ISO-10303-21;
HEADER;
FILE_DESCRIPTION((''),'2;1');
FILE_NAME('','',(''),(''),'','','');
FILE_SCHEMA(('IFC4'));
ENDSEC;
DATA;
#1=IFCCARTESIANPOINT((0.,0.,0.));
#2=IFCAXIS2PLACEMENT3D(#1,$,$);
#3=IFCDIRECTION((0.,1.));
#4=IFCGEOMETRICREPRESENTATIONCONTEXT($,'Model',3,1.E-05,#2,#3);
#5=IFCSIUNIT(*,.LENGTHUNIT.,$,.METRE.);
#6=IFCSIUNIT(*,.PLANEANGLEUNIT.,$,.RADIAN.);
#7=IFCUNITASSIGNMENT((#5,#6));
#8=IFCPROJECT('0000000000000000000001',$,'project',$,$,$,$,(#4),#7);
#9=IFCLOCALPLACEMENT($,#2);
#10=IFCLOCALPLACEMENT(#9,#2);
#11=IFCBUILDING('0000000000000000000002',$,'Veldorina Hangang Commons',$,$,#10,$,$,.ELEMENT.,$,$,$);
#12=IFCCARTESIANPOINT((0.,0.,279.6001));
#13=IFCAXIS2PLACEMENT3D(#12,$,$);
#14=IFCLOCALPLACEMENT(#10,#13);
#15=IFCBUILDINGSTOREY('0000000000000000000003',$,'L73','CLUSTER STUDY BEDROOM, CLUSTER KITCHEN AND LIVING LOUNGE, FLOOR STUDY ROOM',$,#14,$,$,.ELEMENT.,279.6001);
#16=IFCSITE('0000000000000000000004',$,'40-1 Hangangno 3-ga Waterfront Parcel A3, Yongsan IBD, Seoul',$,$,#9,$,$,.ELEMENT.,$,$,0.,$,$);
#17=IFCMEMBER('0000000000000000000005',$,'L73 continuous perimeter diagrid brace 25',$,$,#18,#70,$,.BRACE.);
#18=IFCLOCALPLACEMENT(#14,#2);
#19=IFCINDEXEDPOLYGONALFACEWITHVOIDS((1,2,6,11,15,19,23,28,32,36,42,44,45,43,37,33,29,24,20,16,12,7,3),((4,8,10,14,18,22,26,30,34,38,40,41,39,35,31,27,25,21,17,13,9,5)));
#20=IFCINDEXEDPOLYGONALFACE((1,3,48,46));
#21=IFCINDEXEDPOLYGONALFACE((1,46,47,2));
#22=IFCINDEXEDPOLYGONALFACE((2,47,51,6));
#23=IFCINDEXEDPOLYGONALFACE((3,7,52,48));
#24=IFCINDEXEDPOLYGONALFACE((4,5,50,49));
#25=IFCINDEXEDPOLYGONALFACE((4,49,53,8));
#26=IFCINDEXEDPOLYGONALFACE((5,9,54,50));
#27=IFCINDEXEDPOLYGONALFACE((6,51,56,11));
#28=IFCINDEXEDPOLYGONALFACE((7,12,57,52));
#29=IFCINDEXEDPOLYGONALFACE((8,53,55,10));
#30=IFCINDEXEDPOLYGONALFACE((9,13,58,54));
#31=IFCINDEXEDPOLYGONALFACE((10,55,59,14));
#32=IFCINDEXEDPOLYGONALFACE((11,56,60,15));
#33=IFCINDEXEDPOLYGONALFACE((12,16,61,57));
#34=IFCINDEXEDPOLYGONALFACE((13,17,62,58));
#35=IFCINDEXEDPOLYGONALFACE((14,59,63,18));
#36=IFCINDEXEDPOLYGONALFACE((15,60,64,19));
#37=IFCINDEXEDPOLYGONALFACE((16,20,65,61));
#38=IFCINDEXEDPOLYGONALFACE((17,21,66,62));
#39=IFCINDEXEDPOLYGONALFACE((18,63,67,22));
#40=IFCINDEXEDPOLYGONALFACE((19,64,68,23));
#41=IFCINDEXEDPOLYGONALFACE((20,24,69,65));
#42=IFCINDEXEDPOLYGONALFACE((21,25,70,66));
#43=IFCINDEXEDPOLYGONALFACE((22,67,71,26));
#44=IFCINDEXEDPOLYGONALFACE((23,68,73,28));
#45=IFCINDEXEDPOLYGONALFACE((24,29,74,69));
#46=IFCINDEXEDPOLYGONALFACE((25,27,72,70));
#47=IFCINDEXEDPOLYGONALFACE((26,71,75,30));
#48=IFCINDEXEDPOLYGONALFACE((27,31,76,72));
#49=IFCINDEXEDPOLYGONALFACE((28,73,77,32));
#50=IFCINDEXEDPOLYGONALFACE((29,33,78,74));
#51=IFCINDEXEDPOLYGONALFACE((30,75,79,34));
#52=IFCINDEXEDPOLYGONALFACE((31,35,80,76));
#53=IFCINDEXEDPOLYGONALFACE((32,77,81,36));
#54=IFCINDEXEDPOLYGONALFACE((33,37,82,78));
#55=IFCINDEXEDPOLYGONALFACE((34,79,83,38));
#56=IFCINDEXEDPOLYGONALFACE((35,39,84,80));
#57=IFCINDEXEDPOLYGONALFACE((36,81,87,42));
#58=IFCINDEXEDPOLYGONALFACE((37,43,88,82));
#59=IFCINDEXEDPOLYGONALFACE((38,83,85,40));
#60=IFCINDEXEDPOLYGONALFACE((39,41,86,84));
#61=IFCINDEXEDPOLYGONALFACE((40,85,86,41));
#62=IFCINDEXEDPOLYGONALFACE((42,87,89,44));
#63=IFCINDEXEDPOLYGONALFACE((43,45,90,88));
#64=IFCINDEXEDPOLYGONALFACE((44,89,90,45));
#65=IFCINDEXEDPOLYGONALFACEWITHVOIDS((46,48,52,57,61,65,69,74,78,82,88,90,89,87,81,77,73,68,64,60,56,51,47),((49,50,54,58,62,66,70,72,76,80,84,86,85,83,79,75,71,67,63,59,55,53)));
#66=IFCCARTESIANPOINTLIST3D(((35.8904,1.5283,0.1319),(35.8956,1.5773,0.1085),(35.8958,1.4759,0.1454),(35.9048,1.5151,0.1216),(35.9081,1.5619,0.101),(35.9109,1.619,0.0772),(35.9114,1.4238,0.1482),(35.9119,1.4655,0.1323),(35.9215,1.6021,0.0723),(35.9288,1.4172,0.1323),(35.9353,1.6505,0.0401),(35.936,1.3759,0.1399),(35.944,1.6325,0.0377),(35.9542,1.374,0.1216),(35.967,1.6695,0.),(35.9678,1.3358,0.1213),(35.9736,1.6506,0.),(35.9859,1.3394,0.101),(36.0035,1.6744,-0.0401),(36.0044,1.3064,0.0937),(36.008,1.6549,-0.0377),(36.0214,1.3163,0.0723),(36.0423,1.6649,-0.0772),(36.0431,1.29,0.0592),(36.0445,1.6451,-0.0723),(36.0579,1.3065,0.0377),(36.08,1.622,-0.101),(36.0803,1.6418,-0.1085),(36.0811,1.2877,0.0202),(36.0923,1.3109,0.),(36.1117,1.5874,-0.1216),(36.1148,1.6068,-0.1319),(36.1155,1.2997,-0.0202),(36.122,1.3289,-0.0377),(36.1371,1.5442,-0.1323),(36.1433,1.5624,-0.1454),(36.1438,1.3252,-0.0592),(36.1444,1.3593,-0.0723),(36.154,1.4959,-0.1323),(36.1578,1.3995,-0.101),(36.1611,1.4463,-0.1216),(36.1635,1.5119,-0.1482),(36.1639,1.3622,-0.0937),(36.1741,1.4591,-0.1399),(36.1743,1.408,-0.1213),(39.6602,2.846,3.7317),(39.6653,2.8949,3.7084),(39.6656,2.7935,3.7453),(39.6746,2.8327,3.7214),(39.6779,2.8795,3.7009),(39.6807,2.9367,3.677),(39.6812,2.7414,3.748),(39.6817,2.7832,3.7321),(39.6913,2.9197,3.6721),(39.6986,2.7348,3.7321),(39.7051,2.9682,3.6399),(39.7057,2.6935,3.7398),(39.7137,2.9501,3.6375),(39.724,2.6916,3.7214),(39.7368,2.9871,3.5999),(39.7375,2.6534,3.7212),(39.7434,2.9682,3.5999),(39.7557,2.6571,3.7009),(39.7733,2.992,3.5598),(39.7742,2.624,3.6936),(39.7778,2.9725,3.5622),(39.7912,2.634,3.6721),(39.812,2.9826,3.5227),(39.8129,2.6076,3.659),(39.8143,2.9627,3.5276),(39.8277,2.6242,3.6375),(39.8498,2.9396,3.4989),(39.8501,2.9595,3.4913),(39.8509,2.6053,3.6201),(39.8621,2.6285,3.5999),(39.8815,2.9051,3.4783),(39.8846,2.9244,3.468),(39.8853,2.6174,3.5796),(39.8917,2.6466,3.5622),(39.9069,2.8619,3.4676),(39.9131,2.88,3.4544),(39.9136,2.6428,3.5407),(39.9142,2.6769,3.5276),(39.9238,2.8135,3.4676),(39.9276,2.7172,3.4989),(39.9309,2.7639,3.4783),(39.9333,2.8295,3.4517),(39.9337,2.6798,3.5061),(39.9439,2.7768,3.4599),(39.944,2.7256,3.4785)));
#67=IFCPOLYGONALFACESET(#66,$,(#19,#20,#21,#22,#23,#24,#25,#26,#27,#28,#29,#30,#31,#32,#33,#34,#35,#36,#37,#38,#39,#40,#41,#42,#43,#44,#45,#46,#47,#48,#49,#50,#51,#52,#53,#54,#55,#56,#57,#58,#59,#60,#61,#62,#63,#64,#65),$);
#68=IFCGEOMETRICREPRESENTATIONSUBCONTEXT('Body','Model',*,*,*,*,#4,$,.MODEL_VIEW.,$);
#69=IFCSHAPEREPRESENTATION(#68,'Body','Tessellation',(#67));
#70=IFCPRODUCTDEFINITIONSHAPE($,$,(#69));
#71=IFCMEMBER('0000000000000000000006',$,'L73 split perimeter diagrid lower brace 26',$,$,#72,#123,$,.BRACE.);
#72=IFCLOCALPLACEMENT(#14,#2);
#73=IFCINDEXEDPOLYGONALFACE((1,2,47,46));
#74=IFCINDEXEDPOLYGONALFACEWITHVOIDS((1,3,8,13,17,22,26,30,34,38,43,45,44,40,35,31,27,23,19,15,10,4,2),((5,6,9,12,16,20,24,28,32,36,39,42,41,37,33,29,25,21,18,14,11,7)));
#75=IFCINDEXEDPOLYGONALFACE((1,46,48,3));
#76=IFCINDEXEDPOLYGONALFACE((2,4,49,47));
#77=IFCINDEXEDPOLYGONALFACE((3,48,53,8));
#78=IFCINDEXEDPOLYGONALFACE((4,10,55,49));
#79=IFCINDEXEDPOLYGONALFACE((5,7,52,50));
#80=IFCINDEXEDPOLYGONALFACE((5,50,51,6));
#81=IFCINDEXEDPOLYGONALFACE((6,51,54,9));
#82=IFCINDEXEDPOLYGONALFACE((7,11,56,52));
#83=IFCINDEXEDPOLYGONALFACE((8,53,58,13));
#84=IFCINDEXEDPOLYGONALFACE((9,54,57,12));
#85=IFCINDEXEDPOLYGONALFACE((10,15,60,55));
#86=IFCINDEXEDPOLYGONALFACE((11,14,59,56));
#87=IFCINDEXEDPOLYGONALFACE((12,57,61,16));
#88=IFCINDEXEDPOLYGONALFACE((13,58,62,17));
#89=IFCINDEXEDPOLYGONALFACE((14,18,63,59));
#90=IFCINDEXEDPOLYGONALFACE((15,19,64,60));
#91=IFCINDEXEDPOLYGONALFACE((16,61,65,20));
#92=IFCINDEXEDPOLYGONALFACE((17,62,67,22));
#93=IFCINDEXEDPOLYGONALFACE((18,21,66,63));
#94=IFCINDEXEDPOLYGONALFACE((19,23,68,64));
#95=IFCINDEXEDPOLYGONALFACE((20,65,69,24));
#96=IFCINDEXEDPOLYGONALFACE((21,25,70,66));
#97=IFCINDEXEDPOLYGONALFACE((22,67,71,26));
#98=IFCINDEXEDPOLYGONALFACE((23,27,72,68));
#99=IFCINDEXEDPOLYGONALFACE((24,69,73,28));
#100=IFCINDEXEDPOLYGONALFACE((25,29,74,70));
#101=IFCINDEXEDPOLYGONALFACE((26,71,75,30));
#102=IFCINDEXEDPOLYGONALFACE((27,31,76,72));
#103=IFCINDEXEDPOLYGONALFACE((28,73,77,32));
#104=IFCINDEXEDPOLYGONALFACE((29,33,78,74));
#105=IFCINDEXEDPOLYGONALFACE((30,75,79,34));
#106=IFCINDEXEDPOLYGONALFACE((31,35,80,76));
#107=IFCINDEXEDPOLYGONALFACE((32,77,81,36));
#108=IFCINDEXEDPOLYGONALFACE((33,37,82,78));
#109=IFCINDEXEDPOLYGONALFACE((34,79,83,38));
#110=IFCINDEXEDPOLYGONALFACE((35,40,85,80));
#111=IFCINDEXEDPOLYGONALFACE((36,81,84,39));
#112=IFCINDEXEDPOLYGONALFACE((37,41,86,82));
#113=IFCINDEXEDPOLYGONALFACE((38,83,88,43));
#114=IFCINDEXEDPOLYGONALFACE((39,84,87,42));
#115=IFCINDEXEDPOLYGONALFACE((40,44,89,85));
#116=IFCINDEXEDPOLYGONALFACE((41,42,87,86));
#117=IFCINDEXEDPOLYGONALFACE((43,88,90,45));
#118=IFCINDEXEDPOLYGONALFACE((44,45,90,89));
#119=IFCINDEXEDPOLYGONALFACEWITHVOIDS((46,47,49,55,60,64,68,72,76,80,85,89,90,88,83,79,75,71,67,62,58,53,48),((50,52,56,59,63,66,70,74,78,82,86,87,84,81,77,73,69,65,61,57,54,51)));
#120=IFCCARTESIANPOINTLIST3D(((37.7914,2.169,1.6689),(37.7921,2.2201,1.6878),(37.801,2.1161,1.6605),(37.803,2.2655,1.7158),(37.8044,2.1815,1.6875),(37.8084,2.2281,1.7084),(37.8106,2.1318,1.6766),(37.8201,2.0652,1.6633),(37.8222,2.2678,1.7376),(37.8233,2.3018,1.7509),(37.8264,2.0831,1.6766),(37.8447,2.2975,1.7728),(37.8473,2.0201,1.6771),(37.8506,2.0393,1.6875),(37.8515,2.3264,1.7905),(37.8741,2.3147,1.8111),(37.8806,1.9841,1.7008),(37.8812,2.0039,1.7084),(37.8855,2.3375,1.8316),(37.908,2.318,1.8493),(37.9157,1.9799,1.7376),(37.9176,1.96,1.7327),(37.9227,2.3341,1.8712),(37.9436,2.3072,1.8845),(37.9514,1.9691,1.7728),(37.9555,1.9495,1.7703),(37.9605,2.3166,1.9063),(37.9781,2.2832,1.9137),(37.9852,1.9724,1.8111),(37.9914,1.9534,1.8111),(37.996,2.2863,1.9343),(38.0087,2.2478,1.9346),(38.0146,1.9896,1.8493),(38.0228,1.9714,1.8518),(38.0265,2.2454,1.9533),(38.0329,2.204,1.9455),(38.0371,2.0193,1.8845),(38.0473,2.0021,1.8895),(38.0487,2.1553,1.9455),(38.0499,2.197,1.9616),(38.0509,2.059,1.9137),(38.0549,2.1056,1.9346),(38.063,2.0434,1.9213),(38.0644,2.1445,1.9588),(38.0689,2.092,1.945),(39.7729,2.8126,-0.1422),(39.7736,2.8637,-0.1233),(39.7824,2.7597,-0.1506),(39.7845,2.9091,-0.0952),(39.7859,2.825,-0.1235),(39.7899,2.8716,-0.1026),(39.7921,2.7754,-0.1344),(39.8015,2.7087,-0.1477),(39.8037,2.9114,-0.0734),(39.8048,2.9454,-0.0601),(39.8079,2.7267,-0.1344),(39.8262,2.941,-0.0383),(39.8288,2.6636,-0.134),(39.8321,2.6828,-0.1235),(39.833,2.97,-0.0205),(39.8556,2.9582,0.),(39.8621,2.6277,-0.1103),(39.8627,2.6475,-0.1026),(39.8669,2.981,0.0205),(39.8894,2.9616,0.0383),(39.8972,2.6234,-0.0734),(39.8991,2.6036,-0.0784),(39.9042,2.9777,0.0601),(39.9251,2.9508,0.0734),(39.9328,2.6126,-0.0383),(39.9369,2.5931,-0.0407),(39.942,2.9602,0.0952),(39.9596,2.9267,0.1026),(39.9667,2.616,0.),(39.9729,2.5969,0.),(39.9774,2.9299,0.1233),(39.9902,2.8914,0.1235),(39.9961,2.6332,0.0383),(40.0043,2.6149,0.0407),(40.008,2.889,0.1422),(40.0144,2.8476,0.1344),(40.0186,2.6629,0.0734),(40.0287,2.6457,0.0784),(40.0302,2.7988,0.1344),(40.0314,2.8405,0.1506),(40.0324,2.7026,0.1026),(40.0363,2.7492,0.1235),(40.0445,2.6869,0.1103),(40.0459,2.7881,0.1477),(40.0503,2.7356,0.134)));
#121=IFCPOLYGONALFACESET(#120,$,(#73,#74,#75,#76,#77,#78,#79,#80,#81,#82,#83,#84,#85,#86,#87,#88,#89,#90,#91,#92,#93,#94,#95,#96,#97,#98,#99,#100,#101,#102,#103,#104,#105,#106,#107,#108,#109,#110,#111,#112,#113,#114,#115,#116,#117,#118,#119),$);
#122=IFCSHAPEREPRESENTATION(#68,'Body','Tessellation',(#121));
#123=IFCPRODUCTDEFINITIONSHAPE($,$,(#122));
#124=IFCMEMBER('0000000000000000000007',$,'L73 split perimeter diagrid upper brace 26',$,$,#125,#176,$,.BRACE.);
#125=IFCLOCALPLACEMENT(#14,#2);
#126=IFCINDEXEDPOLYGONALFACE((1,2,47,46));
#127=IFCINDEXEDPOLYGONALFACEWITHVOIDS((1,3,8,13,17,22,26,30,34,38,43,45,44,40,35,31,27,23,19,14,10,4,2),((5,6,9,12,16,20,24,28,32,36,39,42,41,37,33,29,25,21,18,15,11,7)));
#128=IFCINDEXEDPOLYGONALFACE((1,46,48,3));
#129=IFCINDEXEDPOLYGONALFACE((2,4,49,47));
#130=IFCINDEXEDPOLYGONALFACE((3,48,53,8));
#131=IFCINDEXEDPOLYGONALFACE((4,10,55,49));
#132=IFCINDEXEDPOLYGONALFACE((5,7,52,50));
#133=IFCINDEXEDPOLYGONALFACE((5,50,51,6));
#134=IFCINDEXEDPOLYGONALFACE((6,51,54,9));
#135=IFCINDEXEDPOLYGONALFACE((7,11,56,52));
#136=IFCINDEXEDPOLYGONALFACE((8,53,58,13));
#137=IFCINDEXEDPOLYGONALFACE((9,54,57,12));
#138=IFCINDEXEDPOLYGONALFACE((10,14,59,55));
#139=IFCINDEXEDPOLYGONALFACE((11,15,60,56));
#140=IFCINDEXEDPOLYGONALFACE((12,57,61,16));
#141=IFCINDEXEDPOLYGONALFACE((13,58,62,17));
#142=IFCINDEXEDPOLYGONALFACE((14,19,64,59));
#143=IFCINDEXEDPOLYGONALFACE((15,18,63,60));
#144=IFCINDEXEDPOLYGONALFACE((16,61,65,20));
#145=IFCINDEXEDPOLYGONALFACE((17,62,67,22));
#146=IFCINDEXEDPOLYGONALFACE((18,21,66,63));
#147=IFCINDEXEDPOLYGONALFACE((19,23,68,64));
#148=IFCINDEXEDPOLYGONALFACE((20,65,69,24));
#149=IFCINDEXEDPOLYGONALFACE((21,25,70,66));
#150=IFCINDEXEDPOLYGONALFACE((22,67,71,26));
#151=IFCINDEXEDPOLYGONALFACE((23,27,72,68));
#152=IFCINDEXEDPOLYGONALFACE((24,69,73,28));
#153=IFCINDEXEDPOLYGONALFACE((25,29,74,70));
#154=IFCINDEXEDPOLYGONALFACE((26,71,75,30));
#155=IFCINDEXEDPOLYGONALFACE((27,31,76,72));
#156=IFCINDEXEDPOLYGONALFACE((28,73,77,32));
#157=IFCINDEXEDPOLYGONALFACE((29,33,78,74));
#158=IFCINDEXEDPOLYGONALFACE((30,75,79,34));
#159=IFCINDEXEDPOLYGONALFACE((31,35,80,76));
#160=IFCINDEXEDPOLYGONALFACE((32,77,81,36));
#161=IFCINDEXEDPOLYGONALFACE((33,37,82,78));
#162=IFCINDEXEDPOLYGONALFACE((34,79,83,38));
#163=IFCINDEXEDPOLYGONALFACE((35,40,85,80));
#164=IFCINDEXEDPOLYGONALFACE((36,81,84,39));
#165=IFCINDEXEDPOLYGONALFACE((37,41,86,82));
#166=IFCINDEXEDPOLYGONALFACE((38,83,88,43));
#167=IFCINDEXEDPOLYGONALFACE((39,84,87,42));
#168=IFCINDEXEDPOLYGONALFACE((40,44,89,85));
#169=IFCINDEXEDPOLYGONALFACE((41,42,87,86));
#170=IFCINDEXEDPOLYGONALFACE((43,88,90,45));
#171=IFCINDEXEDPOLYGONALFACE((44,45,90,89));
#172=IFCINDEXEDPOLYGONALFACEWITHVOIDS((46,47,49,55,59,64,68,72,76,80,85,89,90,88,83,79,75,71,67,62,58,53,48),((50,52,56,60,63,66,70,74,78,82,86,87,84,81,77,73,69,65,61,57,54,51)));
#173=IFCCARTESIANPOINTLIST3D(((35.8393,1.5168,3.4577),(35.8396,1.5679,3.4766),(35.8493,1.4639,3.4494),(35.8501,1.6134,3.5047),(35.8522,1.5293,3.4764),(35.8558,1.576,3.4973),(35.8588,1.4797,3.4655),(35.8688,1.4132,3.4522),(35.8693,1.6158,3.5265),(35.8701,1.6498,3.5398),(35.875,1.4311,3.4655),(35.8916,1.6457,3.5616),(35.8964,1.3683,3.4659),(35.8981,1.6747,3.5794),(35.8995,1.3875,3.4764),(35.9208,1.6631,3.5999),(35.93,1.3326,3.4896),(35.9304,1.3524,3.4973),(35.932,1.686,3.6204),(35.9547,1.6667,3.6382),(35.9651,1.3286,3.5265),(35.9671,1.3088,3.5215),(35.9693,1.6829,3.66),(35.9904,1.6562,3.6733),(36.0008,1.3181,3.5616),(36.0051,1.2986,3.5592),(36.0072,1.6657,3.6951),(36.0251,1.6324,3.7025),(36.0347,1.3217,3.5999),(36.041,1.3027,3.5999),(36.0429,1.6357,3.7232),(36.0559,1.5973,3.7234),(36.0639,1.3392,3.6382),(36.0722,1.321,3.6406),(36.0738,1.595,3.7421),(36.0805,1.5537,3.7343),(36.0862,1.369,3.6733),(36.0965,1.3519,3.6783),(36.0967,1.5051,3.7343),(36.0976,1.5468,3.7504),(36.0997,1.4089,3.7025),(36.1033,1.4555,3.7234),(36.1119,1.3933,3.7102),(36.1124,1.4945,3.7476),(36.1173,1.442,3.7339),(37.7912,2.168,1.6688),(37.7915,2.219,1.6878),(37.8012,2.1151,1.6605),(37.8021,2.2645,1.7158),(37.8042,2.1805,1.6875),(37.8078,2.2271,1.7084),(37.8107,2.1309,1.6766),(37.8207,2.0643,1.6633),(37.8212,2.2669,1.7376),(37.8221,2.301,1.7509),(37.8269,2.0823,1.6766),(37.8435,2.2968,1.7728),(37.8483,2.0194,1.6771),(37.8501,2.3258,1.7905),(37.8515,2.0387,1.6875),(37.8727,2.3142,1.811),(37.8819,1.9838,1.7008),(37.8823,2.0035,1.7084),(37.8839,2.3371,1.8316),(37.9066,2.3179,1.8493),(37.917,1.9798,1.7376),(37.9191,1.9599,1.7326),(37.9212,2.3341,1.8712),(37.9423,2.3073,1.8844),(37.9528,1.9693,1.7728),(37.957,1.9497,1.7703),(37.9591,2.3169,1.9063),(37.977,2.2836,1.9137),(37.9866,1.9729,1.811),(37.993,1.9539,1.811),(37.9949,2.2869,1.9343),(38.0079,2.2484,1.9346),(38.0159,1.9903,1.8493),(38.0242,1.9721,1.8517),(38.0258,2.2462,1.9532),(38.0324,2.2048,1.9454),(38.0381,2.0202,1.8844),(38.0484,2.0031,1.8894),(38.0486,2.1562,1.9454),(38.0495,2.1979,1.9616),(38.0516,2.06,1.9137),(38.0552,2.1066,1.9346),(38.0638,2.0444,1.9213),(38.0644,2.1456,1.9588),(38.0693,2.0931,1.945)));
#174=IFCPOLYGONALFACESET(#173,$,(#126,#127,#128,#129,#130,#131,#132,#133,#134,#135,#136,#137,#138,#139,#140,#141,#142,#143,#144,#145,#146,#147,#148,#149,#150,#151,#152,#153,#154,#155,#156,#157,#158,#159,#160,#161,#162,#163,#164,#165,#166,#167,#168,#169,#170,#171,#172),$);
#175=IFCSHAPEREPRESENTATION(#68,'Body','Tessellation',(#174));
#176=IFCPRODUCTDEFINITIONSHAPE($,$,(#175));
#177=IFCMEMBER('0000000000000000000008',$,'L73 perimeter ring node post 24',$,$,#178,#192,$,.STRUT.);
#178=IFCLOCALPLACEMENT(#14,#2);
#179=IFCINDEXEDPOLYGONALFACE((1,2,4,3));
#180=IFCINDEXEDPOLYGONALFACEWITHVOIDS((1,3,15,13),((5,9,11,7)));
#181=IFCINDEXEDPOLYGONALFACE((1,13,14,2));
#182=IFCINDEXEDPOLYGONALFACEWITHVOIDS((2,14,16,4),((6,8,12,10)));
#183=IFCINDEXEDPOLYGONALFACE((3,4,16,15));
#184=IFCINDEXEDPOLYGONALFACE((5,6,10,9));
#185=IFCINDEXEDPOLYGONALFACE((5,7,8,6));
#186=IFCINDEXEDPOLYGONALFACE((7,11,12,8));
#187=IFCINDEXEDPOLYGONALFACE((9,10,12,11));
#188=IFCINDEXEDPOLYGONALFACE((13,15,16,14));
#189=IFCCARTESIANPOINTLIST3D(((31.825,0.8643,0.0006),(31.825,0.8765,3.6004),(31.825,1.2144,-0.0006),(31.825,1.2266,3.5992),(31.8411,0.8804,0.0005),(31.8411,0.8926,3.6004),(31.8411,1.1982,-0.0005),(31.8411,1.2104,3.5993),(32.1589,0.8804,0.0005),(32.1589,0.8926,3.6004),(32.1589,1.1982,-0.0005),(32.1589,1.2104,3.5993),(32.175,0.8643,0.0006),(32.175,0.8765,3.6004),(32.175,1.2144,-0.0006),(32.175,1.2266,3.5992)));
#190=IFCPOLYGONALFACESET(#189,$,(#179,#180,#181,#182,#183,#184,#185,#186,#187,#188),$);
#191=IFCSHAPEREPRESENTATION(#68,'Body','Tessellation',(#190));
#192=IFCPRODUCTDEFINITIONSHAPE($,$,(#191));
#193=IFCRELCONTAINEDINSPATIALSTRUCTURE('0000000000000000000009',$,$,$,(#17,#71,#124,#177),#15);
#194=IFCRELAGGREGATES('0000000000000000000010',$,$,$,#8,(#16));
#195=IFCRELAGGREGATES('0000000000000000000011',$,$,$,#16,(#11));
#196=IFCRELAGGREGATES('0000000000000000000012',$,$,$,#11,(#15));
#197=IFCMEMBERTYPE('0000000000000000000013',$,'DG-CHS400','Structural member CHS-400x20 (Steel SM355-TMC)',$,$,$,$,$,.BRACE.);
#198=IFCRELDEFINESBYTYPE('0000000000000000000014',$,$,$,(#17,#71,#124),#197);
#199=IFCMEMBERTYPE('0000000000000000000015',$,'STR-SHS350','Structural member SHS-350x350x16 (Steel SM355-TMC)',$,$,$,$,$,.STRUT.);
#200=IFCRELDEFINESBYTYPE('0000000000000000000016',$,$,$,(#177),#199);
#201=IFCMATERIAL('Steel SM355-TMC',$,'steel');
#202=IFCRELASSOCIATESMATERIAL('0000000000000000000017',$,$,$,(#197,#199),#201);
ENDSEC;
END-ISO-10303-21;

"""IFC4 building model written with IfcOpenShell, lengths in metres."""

from ifc_helpers import new_model, si_unit, direction, frame, origin, origin_2d, place, context, subcontext, project, spatial, hollow_rectangle, hollow_circle, extrude, material, material_profile, profile_set, type_object, element, save


model = new_model("IFC4")

# Units and contexts
model_context = context("Model", 3, precision=1e-05, world=origin(), true_north=direction((0.0, 1.0)))
body_context = subcontext(model_context, "Body", "Model", "MODEL_VIEW")
ifc_project = project(units=[si_unit("LENGTHUNIT", "METRE"), si_unit("PLANEANGLEUNIT", "RADIAN")], contexts=[model_context])

# Site, building, storey
site_placement = place(None, origin())
site = spatial("IfcSite", under=ifc_project, at=site_placement, Name="40-1 Hangangno 3-ga Waterfront Parcel A3, Yongsan IBD, Seoul", CompositionType="ELEMENT", RefElevation=0.0)
building_placement = place(site_placement, origin())
building = spatial("IfcBuilding", under=site, at=building_placement, Name="Veldorina Hangang Commons", CompositionType="ELEMENT")
storey_placement = place(building_placement, frame((0.0, 0.0, 279.6001)))
storey = spatial("IfcBuildingStorey", under=building, at=storey_placement, Name="L73", Description="CLUSTER STUDY BEDROOM, CLUSTER KITCHEN AND LIVING LOUNGE, FLOOR STUDY ROOM", CompositionType="ELEMENT", Elevation=279.6001)

# Shared definitions
ifc_material_1 = material(Name="Steel SM355-TMC", Category="steel")

# Members
ifc_material_profile_1 = material_profile(ifc_material_1, hollow_circle(Radius=0.2, WallThickness=0.02, at=origin_2d()), Name="CHS-400x20")
ifc_profile_set_1 = profile_set([ifc_material_profile_1], Name="Steel SM355-TMC")
member_type_1 = type_object("IfcMemberType", Name="DG-CHS400", Description="Structural member CHS-400x20 (Steel SM355-TMC)", PredefinedType="BRACE", material=ifc_profile_set_1)
member_1_placement = place(storey_placement, frame((36.033, 1.4807, 0.0), z_axis=(0.701163, 0.245073, 0.669559), x_axis=(-0.32995, 0.943998, 0.0)))
element("IfcMember", 1, at=member_1_placement, inside=storey, type_object=member_type_1, Name="L73 continuous perimeter diagrid brace 25", PredefinedType="BRACE", context=body_context, shape_type="SweptSolid", body=[
    extrude(hollow_circle(Radius=0.2, WallThickness=0.02, at=origin_2d()), origin(), (0.0, 0.0, 1.0), 5.3765),
])
member_2_placement = place(storey_placement, frame((39.9111, 2.7871, 0.0), z_axis=(-0.717795, -0.233133, 0.656063), x_axis=(0.308906, -0.951093, 0.0)))
element("IfcMember", 2, at=member_2_placement, inside=storey, type_object=member_type_1, Name="L73 split perimeter diagrid lower brace 26", PredefinedType="BRACE", context=body_context, shape_type="SweptSolid", body=[
    extrude(hollow_circle(Radius=0.2, WallThickness=0.02, at=origin_2d()), origin(), (0.0, 0.0, 1.0), 2.7605),
])
member_3_placement = place(storey_placement, frame((37.9297, 2.1436, 1.811), z_axis=(-0.715903, -0.238813, 0.656088), x_axis=(0.316441, -0.948612, 0.0)))
element("IfcMember", 3, at=member_3_placement, inside=storey, type_object=member_type_1, Name="L73 split perimeter diagrid upper brace 26", PredefinedType="BRACE", context=body_context, shape_type="SweptSolid", body=[
    extrude(hollow_circle(Radius=0.2, WallThickness=0.02, at=origin_2d()), origin(), (0.0, 0.0, 1.0), 2.7266),
])
ifc_material_profile_2 = material_profile(ifc_material_1, hollow_rectangle(XDim=0.3501, YDim=0.3501, WallThickness=0.0161, at=origin_2d()), Name="SHS-350x350x16")
ifc_profile_set_2 = profile_set([ifc_material_profile_2], Name="Steel SM355-TMC")
member_type_2 = type_object("IfcMemberType", Name="STR-SHS350", Description="Structural member SHS-350x350x16 (Steel SM355-TMC)", PredefinedType="STRUT", material=ifc_profile_set_2)
member_4_placement = place(storey_placement, frame((32.0, 1.0393, 0.0), z_axis=(0.0, 0.003391, 0.999994), x_axis=(-1.0, 0.0, 0.0)))
element("IfcMember", 4, at=member_4_placement, inside=storey, type_object=member_type_2, Name="L73 perimeter ring node post 24", PredefinedType="STRUT", context=body_context, shape_type="SweptSolid", body=[
    extrude(hollow_rectangle(XDim=0.3501, YDim=0.3501, WallThickness=0.0161, at=origin_2d()), origin(), (0.0, 0.0, 1.0), 3.5999),
])

save(model, "model.ifc")
